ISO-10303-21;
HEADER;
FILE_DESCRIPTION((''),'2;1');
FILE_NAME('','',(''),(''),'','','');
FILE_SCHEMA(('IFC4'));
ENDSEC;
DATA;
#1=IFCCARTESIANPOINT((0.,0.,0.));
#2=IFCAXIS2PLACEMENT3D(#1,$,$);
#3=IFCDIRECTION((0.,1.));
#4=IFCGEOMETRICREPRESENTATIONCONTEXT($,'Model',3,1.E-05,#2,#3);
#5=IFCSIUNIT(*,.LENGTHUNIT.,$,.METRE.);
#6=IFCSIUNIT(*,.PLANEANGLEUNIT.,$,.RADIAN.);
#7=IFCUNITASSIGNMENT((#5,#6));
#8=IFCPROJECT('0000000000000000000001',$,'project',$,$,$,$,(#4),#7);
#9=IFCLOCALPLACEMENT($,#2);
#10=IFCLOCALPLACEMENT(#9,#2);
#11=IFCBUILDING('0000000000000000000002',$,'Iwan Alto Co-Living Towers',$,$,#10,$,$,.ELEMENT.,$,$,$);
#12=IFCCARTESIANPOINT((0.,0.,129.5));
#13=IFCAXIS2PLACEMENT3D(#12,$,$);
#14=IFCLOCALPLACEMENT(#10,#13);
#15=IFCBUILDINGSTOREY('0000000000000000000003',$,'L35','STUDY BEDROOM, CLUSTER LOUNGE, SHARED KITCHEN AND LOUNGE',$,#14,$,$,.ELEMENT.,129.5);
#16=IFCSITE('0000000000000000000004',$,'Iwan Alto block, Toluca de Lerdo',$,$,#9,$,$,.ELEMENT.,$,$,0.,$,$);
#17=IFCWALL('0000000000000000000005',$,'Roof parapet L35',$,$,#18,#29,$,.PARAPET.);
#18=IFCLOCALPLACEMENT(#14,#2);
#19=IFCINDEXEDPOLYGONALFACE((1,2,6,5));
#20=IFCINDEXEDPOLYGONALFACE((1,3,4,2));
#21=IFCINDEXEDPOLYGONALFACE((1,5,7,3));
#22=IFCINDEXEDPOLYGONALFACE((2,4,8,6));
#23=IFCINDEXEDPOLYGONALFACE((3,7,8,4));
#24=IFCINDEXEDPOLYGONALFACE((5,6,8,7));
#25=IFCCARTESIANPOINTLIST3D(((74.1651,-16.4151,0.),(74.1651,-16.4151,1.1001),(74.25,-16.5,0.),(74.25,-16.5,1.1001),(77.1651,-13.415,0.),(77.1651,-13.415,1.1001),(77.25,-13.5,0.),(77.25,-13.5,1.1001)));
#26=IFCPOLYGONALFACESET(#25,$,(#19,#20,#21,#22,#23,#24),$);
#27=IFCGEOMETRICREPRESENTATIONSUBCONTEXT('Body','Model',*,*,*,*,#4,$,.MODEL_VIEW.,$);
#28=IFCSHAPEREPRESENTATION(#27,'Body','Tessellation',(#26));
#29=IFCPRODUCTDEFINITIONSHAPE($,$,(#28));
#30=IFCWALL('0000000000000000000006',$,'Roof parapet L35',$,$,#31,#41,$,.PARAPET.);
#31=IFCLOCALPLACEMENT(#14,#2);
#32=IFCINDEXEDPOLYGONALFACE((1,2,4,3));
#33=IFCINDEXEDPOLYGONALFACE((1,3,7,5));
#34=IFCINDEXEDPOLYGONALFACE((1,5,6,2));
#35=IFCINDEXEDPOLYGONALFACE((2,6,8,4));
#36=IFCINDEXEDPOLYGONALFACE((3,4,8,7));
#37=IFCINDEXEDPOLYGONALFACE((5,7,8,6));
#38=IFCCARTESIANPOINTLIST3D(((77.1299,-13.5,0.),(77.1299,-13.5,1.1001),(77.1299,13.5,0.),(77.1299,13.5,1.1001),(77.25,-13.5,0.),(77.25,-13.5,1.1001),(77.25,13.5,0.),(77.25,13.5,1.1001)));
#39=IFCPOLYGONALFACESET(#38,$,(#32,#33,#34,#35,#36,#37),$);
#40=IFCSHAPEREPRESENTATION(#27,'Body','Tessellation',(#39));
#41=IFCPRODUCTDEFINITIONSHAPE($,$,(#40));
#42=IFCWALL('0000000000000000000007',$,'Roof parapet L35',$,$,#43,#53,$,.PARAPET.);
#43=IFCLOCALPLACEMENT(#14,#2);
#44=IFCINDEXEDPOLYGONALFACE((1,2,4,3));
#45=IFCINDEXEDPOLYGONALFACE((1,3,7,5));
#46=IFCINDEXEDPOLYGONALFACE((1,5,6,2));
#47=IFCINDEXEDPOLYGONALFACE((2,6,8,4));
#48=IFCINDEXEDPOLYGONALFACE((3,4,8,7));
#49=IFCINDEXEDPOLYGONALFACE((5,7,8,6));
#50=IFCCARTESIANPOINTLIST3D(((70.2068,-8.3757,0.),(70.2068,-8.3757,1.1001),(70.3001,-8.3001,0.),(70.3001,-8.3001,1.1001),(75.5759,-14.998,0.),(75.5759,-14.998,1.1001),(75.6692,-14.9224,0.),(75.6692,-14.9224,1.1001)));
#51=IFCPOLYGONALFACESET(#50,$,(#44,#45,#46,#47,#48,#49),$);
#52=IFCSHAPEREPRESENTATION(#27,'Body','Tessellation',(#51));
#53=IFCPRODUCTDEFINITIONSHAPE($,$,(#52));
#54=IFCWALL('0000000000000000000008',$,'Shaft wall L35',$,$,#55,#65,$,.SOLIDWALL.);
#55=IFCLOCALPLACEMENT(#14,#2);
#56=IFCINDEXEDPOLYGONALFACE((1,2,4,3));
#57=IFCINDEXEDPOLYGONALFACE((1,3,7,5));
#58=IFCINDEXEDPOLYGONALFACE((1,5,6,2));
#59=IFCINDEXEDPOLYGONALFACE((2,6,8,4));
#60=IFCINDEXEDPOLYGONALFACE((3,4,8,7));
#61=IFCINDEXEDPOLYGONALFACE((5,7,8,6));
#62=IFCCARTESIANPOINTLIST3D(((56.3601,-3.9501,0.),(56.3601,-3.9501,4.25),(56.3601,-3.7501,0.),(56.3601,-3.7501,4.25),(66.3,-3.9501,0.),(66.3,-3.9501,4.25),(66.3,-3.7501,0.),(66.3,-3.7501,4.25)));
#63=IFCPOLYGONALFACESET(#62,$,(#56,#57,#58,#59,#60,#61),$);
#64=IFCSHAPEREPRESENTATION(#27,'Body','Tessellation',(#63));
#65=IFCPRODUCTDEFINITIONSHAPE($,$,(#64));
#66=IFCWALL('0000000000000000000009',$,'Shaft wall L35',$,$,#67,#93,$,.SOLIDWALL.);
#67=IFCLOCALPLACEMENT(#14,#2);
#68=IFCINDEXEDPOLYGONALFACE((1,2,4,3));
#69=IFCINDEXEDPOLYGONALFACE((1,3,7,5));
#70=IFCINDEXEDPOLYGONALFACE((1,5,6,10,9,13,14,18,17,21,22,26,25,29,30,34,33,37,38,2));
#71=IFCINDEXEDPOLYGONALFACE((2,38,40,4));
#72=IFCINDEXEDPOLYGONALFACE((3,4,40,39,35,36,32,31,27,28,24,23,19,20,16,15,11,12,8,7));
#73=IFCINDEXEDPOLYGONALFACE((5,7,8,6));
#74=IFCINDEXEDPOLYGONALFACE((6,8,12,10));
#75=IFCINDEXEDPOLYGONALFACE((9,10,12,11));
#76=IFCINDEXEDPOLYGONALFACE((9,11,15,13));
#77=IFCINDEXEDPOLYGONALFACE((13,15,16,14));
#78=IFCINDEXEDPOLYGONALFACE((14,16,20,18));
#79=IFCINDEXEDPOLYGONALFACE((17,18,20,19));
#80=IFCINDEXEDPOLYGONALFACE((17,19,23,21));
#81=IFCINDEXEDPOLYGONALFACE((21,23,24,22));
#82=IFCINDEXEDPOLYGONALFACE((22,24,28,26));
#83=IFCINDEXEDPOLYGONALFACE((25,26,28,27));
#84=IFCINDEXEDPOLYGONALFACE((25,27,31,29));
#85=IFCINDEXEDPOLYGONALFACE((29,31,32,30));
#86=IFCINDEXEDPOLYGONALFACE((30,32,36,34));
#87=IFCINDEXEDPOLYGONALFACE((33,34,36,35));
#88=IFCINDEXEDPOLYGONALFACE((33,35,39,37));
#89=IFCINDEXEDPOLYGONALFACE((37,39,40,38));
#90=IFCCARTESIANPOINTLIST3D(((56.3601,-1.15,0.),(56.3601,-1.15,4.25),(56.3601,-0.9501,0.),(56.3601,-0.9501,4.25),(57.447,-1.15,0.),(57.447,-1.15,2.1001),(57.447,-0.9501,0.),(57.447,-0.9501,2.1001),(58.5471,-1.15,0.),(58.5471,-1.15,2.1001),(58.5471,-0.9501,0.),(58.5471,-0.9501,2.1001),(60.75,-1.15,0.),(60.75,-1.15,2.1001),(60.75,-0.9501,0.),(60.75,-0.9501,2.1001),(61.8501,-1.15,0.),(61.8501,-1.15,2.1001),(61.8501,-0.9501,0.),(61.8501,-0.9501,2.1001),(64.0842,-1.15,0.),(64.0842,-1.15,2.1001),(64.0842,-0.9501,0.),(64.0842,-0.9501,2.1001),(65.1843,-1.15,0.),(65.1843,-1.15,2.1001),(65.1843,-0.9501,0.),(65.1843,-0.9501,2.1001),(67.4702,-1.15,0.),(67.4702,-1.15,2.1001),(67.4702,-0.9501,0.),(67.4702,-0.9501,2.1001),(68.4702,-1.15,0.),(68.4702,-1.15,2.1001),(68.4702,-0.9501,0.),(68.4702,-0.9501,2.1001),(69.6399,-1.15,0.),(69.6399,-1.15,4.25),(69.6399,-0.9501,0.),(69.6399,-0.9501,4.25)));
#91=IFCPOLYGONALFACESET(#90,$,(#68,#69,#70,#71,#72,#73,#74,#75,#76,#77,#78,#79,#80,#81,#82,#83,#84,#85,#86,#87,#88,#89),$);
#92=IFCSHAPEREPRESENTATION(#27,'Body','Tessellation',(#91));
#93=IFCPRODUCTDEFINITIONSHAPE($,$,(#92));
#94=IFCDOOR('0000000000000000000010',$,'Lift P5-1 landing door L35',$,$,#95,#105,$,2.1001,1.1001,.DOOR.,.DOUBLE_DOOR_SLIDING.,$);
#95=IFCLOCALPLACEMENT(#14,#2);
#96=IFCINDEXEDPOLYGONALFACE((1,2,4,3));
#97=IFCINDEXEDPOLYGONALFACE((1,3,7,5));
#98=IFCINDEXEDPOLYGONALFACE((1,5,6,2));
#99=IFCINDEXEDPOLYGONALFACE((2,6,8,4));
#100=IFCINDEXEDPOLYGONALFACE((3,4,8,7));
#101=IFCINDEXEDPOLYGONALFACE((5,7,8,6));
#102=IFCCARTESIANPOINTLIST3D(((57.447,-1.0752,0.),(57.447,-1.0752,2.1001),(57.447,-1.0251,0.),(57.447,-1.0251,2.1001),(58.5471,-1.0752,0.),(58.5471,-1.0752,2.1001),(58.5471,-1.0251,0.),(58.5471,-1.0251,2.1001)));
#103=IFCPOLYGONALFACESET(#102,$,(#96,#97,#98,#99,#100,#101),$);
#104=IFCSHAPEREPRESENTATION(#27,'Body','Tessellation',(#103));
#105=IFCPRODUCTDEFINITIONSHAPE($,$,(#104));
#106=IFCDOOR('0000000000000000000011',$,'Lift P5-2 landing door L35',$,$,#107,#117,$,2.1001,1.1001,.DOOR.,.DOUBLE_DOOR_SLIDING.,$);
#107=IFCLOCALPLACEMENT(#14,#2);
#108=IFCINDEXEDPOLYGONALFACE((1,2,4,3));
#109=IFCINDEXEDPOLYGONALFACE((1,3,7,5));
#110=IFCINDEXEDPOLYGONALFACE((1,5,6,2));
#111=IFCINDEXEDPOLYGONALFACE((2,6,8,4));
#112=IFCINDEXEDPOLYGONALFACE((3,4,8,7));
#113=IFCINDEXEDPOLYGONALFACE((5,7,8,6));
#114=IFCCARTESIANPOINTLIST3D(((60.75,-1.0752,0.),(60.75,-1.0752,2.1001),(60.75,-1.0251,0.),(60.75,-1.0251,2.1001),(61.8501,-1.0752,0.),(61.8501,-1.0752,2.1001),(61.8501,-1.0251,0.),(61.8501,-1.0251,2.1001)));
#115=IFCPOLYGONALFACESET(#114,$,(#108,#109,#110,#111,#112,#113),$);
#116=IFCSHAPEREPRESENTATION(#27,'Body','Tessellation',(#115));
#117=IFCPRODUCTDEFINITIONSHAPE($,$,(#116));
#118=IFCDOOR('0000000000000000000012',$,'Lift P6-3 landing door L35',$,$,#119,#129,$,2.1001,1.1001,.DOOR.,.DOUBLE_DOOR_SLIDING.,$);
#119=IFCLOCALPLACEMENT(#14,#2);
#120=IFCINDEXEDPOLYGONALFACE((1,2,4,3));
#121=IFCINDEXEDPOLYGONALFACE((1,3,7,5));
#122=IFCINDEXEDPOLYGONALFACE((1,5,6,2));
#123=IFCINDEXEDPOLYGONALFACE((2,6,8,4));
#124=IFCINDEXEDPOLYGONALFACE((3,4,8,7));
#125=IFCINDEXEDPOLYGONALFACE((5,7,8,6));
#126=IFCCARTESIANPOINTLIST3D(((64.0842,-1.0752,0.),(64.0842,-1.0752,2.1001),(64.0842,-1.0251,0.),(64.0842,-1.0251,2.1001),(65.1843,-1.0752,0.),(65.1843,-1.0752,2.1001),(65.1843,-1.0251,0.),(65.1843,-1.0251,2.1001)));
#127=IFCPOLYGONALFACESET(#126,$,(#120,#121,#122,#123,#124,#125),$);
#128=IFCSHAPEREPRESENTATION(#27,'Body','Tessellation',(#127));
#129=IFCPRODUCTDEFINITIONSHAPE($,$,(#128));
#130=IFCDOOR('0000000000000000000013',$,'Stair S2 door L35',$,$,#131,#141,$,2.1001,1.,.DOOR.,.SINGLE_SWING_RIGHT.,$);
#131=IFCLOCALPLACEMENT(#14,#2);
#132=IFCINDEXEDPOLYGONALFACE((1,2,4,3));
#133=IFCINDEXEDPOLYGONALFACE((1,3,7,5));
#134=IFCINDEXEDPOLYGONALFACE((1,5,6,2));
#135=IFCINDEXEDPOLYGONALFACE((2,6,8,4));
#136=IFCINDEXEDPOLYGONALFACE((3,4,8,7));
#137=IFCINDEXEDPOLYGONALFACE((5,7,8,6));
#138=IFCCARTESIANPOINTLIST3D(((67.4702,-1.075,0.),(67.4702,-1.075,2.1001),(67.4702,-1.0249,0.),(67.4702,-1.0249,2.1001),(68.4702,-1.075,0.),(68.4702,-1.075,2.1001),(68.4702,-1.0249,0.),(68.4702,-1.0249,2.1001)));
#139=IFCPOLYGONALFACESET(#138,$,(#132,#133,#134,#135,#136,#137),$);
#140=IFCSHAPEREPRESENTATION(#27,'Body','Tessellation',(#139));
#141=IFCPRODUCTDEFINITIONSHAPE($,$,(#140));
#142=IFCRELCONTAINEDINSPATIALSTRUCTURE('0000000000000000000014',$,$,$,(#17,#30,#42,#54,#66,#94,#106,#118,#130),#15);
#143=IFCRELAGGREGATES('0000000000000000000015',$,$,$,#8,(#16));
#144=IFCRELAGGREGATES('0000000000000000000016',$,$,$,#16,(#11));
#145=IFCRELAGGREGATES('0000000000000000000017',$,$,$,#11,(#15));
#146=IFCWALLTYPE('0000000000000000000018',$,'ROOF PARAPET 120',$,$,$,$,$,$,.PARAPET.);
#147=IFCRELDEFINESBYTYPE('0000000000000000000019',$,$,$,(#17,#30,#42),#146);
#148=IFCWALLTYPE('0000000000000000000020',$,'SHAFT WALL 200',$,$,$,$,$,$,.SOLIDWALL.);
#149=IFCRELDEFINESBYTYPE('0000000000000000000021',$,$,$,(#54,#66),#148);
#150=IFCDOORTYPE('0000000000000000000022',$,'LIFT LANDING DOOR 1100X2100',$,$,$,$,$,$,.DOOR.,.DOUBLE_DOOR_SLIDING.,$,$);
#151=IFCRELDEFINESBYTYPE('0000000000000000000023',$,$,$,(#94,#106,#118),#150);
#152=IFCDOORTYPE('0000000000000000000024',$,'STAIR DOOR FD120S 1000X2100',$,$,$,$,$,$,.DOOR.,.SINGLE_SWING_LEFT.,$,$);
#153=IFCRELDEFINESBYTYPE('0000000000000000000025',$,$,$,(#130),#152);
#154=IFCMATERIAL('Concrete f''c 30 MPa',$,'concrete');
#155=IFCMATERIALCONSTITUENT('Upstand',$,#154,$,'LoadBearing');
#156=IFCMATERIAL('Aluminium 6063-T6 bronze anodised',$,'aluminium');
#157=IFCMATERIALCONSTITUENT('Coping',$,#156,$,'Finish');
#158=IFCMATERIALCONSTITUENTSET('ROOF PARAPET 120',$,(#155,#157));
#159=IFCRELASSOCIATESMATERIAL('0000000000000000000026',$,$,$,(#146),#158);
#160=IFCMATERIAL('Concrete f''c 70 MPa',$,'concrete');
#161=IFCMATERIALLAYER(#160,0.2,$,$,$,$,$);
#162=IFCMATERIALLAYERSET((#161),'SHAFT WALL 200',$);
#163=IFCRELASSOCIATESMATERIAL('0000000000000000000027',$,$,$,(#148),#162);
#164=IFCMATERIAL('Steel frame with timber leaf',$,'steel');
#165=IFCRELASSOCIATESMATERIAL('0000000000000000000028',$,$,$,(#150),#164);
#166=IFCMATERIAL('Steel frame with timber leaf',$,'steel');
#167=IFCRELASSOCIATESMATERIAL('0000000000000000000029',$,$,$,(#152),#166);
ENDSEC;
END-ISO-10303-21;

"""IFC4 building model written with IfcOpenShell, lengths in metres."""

from ifc_helpers import new_model, si_unit, direction, frame, frame_2d, origin, place, context, subcontext, project, spatial, rectangle, extrude, material, layer, layer_set, constituent, constituent_set, type_object, element, fill, save


model = new_model("IFC4")

# Units and contexts
model_context = context("Model", 3, precision=1e-05, world=origin(), true_north=direction((0.0, 1.0)))
body_context = subcontext(model_context, "Body", "Model", "MODEL_VIEW")
ifc_project = project(units=[si_unit("LENGTHUNIT", "METRE"), si_unit("PLANEANGLEUNIT", "RADIAN")], contexts=[model_context])

# Site, building, storey
site_placement = place(None, origin())
site = spatial("IfcSite", under=ifc_project, at=site_placement, Name="Iwan Alto block, Toluca de Lerdo", CompositionType="ELEMENT", RefElevation=0.0)
building_placement = place(site_placement, origin())
building = spatial("IfcBuilding", under=site, at=building_placement, Name="Iwan Alto Co-Living Towers", CompositionType="ELEMENT")
storey_placement = place(building_placement, frame((0.0, 0.0, 129.5)))
storey = spatial("IfcBuildingStorey", under=building, at=storey_placement, Name="L35", Description="STUDY BEDROOM, CLUSTER LOUNGE, SHARED KITCHEN AND LOUNGE", CompositionType="ELEMENT", Elevation=129.5)

# Walls
ifc_material_1 = material(Name="Concrete f'c 30 MPa", Category="concrete")
ifc_constituent_1 = constituent(ifc_material_1, Name="Upstand", Category="LoadBearing")
ifc_material_2 = material(Name="Aluminium 6063-T6 bronze anodised", Category="aluminium")
ifc_constituent_2 = constituent(ifc_material_2, Name="Coping", Category="Finish")
ifc_constituent_set = constituent_set(constituents=[ifc_constituent_1, ifc_constituent_2], Name="ROOF PARAPET 120")
wall_type_1 = type_object("IfcWallType", Name="ROOF PARAPET 120", PredefinedType="PARAPET", material=ifc_constituent_set)
wall_1_placement = place(storey_placement, frame((74.2075, -16.4575, 0.0), z_axis=(0.0, 0.0, 1.0), x_axis=(0.707107, 0.707107, 0.0)))
element("IfcWall", 1, at=wall_1_placement, inside=storey, type_object=wall_type_1, Name="Roof parapet L35", PredefinedType="PARAPET", context=body_context, shape_type="SweptSolid", body=[
    extrude(rectangle(XDim=4.2427, YDim=0.1201, at=frame_2d((2.1213, 0.0))), origin(), (0.0, 0.0, 1.0), 1.1001),
])
wall_2_placement = place(storey_placement, frame((77.1899, -13.5, 0.0), z_axis=(0.0, 0.0, 1.0), x_axis=(0.0, 1.0, 0.0)))
element("IfcWall", 2, at=wall_2_placement, inside=storey, type_object=wall_type_1, Name="Roof parapet L35", PredefinedType="PARAPET", context=body_context, shape_type="SweptSolid", body=[
    extrude(rectangle(XDim=27.0, YDim=0.1201, at=frame_2d((13.5, 0.0))), origin(), (0.0, 0.0, 1.0), 1.1001),
])
wall_3_placement = place(storey_placement, frame((75.6226, -14.9602, 0.0), z_axis=(0.0, 0.0, 1.0), x_axis=(-0.62978, 0.776773, 0.0)))
element("IfcWall", 3, at=wall_3_placement, inside=storey, type_object=wall_type_1, Name="Roof parapet L35", PredefinedType="PARAPET", context=body_context, shape_type="SweptSolid", body=[
    extrude(rectangle(XDim=8.5254, YDim=0.1201, at=frame_2d((4.2627, 0.0))), origin(), (0.0, 0.0, 1.0), 1.1001),
])
ifc_material_3 = material(Name="Concrete f'c 70 MPa", Category="concrete")
ifc_layer = layer(ifc_material_3, 0.2)
ifc_layer_set = layer_set([ifc_layer], Name="SHAFT WALL 200")
wall_type_2 = type_object("IfcWallType", Name="SHAFT WALL 200", PredefinedType="SOLIDWALL", material=ifc_layer_set)
wall_4_placement = place(storey_placement, frame((56.3601, -3.8501, 0.0), z_axis=(0.0, 0.0, 1.0), x_axis=(1.0, 0.0, 0.0)))
element("IfcWall", 4, at=wall_4_placement, inside=storey, type_object=wall_type_2, Name="Shaft wall L35", PredefinedType="SOLIDWALL", context=body_context, shape_type="SweptSolid", body=[
    extrude(rectangle(XDim=9.9399, YDim=0.2, at=frame_2d((4.97, 0.0))), origin(), (0.0, 0.0, 1.0), 4.25),
])

# Wall, openings, doors
wall_5_placement = place(storey_placement, frame((56.3601, -1.05, 0.0), z_axis=(0.0, 0.0, 1.0), x_axis=(1.0, 0.0, 0.0)))
wall_5 = element("IfcWall", 5, at=wall_5_placement, inside=storey, type_object=wall_type_2, Name="Shaft wall L35", PredefinedType="SOLIDWALL", context=body_context, shape_type="SweptSolid", body=[
    extrude(rectangle(XDim=13.2798, YDim=0.2, at=frame_2d((6.6399, 0.0))), origin(), (0.0, 0.0, 1.0), 4.25),
])
opening_1_placement = place(wall_5_placement, frame((11.1101, 0.0, 0.0)))
opening_1 = element("IfcOpeningElement", 6, at=opening_1_placement, cuts=wall_5, PredefinedType="OPENING", context=body_context, shape_type="SweptSolid", body=[
    extrude(rectangle(XDim=1.0, YDim=2.1001, at=frame_2d((0.5, 1.05))), frame((0.0, 0.1099, 0.0), z_axis=(0.0, -1.0, 0.0), x_axis=(1.0, 0.0, 0.0)), (0.0, 0.0, 1.0), 0.22),
])
opening_2_placement = place(wall_5_placement, frame((1.0869, 0.0, 0.0)))
opening_2 = element("IfcOpeningElement", 7, at=opening_2_placement, cuts=wall_5, PredefinedType="OPENING", context=body_context, shape_type="SweptSolid", body=[
    extrude(rectangle(XDim=1.1001, YDim=2.1001, at=frame_2d((0.55, 1.05))), frame((0.0, 0.1099, 0.0), z_axis=(0.0, -1.0, 0.0), x_axis=(1.0, 0.0, 0.0)), (0.0, 0.0, 1.0), 0.22),
])
opening_3_placement = place(wall_5_placement, frame((4.3899, 0.0, 0.0)))
opening_3 = element("IfcOpeningElement", 8, at=opening_3_placement, cuts=wall_5, PredefinedType="OPENING", context=body_context, shape_type="SweptSolid", body=[
    extrude(rectangle(XDim=1.1001, YDim=2.1001, at=frame_2d((0.55, 1.05))), frame((0.0, 0.1099, 0.0), z_axis=(0.0, -1.0, 0.0), x_axis=(1.0, 0.0, 0.0)), (0.0, 0.0, 1.0), 0.22),
])
opening_4_placement = place(wall_5_placement, frame((7.7241, 0.0, 0.0)))
opening_4 = element("IfcOpeningElement", 9, at=opening_4_placement, cuts=wall_5, PredefinedType="OPENING", context=body_context, shape_type="SweptSolid", body=[
    extrude(rectangle(XDim=1.1001, YDim=2.1001, at=frame_2d((0.55, 1.05))), frame((0.0, 0.1099, 0.0), z_axis=(0.0, -1.0, 0.0), x_axis=(1.0, 0.0, 0.0)), (0.0, 0.0, 1.0), 0.22),
])
ifc_material_4 = material(Name="Steel frame with timber leaf", Category="steel")
door_type_1 = type_object("IfcDoorType", Name="LIFT LANDING DOOR 1100X2100", OperationType="DOUBLE_DOOR_SLIDING", PredefinedType="DOOR", material=ifc_material_4)
door_1_placement = place(opening_2_placement, origin())
door_1 = element("IfcDoor", 10, at=door_1_placement, inside=storey, type_object=door_type_1, Name="Lift P5-1 landing door L35", OperationType="DOUBLE_DOOR_SLIDING", OverallHeight=2.1001, OverallWidth=1.1001, PredefinedType="DOOR", context=body_context, shape_type="SweptSolid", body=[
    extrude(rectangle(XDim=1.1001, YDim=2.1001, at=frame_2d((0.55, 1.05))), frame((0.0, 0.0249, 0.0), z_axis=(0.0, -1.0, 0.0), x_axis=(1.0, 0.0, 0.0)), (0.0, 0.0, 1.0), 0.05),
])
fill(opening_2, door_1)
door_2_placement = place(opening_3_placement, origin())
door_2 = element("IfcDoor", 11, at=door_2_placement, inside=storey, type_object=door_type_1, Name="Lift P5-2 landing door L35", OperationType="DOUBLE_DOOR_SLIDING", OverallHeight=2.1001, OverallWidth=1.1001, PredefinedType="DOOR", context=body_context, shape_type="SweptSolid", body=[
    extrude(rectangle(XDim=1.1001, YDim=2.1001, at=frame_2d((0.55, 1.05))), frame((0.0, 0.0249, 0.0), z_axis=(0.0, -1.0, 0.0), x_axis=(1.0, 0.0, 0.0)), (0.0, 0.0, 1.0), 0.05),
])
fill(opening_3, door_2)
door_3_placement = place(opening_4_placement, origin())
door_3 = element("IfcDoor", 12, at=door_3_placement, inside=storey, type_object=door_type_1, Name="Lift P6-3 landing door L35", OperationType="DOUBLE_DOOR_SLIDING", OverallHeight=2.1001, OverallWidth=1.1001, PredefinedType="DOOR", context=body_context, shape_type="SweptSolid", body=[
    extrude(rectangle(XDim=1.1001, YDim=2.1001, at=frame_2d((0.55, 1.05))), frame((0.0, 0.0249, 0.0), z_axis=(0.0, -1.0, 0.0), x_axis=(1.0, 0.0, 0.0)), (0.0, 0.0, 1.0), 0.05),
])
fill(opening_4, door_3)
ifc_material_5 = material(Name="Steel frame with timber leaf", Category="steel")
door_type_2 = type_object("IfcDoorType", Name="STAIR DOOR FD120S 1000X2100", OperationType="SINGLE_SWING_LEFT", PredefinedType="DOOR", material=ifc_material_5)
door_4_placement = place(opening_1_placement, frame((1.0, 0.0, 0.0), z_axis=(0.0, 0.0, 1.0), x_axis=(-1.0, 0.0, 0.0)))
door_4 = element("IfcDoor", 13, at=door_4_placement, inside=storey, type_object=door_type_2, Name="Stair S2 door L35", OperationType="SINGLE_SWING_RIGHT", OverallHeight=2.1001, OverallWidth=1.0, PredefinedType="DOOR", context=body_context, shape_type="SweptSolid", body=[
    extrude(rectangle(XDim=1.0, YDim=2.1001, at=frame_2d((0.5, 1.05))), frame((0.0, 0.0249, 0.0), z_axis=(0.0, -1.0, 0.0), x_axis=(1.0, 0.0, 0.0)), (0.0, 0.0, 1.0), 0.05),
])
fill(opening_1, door_4)

save(model, "model.ifc")
